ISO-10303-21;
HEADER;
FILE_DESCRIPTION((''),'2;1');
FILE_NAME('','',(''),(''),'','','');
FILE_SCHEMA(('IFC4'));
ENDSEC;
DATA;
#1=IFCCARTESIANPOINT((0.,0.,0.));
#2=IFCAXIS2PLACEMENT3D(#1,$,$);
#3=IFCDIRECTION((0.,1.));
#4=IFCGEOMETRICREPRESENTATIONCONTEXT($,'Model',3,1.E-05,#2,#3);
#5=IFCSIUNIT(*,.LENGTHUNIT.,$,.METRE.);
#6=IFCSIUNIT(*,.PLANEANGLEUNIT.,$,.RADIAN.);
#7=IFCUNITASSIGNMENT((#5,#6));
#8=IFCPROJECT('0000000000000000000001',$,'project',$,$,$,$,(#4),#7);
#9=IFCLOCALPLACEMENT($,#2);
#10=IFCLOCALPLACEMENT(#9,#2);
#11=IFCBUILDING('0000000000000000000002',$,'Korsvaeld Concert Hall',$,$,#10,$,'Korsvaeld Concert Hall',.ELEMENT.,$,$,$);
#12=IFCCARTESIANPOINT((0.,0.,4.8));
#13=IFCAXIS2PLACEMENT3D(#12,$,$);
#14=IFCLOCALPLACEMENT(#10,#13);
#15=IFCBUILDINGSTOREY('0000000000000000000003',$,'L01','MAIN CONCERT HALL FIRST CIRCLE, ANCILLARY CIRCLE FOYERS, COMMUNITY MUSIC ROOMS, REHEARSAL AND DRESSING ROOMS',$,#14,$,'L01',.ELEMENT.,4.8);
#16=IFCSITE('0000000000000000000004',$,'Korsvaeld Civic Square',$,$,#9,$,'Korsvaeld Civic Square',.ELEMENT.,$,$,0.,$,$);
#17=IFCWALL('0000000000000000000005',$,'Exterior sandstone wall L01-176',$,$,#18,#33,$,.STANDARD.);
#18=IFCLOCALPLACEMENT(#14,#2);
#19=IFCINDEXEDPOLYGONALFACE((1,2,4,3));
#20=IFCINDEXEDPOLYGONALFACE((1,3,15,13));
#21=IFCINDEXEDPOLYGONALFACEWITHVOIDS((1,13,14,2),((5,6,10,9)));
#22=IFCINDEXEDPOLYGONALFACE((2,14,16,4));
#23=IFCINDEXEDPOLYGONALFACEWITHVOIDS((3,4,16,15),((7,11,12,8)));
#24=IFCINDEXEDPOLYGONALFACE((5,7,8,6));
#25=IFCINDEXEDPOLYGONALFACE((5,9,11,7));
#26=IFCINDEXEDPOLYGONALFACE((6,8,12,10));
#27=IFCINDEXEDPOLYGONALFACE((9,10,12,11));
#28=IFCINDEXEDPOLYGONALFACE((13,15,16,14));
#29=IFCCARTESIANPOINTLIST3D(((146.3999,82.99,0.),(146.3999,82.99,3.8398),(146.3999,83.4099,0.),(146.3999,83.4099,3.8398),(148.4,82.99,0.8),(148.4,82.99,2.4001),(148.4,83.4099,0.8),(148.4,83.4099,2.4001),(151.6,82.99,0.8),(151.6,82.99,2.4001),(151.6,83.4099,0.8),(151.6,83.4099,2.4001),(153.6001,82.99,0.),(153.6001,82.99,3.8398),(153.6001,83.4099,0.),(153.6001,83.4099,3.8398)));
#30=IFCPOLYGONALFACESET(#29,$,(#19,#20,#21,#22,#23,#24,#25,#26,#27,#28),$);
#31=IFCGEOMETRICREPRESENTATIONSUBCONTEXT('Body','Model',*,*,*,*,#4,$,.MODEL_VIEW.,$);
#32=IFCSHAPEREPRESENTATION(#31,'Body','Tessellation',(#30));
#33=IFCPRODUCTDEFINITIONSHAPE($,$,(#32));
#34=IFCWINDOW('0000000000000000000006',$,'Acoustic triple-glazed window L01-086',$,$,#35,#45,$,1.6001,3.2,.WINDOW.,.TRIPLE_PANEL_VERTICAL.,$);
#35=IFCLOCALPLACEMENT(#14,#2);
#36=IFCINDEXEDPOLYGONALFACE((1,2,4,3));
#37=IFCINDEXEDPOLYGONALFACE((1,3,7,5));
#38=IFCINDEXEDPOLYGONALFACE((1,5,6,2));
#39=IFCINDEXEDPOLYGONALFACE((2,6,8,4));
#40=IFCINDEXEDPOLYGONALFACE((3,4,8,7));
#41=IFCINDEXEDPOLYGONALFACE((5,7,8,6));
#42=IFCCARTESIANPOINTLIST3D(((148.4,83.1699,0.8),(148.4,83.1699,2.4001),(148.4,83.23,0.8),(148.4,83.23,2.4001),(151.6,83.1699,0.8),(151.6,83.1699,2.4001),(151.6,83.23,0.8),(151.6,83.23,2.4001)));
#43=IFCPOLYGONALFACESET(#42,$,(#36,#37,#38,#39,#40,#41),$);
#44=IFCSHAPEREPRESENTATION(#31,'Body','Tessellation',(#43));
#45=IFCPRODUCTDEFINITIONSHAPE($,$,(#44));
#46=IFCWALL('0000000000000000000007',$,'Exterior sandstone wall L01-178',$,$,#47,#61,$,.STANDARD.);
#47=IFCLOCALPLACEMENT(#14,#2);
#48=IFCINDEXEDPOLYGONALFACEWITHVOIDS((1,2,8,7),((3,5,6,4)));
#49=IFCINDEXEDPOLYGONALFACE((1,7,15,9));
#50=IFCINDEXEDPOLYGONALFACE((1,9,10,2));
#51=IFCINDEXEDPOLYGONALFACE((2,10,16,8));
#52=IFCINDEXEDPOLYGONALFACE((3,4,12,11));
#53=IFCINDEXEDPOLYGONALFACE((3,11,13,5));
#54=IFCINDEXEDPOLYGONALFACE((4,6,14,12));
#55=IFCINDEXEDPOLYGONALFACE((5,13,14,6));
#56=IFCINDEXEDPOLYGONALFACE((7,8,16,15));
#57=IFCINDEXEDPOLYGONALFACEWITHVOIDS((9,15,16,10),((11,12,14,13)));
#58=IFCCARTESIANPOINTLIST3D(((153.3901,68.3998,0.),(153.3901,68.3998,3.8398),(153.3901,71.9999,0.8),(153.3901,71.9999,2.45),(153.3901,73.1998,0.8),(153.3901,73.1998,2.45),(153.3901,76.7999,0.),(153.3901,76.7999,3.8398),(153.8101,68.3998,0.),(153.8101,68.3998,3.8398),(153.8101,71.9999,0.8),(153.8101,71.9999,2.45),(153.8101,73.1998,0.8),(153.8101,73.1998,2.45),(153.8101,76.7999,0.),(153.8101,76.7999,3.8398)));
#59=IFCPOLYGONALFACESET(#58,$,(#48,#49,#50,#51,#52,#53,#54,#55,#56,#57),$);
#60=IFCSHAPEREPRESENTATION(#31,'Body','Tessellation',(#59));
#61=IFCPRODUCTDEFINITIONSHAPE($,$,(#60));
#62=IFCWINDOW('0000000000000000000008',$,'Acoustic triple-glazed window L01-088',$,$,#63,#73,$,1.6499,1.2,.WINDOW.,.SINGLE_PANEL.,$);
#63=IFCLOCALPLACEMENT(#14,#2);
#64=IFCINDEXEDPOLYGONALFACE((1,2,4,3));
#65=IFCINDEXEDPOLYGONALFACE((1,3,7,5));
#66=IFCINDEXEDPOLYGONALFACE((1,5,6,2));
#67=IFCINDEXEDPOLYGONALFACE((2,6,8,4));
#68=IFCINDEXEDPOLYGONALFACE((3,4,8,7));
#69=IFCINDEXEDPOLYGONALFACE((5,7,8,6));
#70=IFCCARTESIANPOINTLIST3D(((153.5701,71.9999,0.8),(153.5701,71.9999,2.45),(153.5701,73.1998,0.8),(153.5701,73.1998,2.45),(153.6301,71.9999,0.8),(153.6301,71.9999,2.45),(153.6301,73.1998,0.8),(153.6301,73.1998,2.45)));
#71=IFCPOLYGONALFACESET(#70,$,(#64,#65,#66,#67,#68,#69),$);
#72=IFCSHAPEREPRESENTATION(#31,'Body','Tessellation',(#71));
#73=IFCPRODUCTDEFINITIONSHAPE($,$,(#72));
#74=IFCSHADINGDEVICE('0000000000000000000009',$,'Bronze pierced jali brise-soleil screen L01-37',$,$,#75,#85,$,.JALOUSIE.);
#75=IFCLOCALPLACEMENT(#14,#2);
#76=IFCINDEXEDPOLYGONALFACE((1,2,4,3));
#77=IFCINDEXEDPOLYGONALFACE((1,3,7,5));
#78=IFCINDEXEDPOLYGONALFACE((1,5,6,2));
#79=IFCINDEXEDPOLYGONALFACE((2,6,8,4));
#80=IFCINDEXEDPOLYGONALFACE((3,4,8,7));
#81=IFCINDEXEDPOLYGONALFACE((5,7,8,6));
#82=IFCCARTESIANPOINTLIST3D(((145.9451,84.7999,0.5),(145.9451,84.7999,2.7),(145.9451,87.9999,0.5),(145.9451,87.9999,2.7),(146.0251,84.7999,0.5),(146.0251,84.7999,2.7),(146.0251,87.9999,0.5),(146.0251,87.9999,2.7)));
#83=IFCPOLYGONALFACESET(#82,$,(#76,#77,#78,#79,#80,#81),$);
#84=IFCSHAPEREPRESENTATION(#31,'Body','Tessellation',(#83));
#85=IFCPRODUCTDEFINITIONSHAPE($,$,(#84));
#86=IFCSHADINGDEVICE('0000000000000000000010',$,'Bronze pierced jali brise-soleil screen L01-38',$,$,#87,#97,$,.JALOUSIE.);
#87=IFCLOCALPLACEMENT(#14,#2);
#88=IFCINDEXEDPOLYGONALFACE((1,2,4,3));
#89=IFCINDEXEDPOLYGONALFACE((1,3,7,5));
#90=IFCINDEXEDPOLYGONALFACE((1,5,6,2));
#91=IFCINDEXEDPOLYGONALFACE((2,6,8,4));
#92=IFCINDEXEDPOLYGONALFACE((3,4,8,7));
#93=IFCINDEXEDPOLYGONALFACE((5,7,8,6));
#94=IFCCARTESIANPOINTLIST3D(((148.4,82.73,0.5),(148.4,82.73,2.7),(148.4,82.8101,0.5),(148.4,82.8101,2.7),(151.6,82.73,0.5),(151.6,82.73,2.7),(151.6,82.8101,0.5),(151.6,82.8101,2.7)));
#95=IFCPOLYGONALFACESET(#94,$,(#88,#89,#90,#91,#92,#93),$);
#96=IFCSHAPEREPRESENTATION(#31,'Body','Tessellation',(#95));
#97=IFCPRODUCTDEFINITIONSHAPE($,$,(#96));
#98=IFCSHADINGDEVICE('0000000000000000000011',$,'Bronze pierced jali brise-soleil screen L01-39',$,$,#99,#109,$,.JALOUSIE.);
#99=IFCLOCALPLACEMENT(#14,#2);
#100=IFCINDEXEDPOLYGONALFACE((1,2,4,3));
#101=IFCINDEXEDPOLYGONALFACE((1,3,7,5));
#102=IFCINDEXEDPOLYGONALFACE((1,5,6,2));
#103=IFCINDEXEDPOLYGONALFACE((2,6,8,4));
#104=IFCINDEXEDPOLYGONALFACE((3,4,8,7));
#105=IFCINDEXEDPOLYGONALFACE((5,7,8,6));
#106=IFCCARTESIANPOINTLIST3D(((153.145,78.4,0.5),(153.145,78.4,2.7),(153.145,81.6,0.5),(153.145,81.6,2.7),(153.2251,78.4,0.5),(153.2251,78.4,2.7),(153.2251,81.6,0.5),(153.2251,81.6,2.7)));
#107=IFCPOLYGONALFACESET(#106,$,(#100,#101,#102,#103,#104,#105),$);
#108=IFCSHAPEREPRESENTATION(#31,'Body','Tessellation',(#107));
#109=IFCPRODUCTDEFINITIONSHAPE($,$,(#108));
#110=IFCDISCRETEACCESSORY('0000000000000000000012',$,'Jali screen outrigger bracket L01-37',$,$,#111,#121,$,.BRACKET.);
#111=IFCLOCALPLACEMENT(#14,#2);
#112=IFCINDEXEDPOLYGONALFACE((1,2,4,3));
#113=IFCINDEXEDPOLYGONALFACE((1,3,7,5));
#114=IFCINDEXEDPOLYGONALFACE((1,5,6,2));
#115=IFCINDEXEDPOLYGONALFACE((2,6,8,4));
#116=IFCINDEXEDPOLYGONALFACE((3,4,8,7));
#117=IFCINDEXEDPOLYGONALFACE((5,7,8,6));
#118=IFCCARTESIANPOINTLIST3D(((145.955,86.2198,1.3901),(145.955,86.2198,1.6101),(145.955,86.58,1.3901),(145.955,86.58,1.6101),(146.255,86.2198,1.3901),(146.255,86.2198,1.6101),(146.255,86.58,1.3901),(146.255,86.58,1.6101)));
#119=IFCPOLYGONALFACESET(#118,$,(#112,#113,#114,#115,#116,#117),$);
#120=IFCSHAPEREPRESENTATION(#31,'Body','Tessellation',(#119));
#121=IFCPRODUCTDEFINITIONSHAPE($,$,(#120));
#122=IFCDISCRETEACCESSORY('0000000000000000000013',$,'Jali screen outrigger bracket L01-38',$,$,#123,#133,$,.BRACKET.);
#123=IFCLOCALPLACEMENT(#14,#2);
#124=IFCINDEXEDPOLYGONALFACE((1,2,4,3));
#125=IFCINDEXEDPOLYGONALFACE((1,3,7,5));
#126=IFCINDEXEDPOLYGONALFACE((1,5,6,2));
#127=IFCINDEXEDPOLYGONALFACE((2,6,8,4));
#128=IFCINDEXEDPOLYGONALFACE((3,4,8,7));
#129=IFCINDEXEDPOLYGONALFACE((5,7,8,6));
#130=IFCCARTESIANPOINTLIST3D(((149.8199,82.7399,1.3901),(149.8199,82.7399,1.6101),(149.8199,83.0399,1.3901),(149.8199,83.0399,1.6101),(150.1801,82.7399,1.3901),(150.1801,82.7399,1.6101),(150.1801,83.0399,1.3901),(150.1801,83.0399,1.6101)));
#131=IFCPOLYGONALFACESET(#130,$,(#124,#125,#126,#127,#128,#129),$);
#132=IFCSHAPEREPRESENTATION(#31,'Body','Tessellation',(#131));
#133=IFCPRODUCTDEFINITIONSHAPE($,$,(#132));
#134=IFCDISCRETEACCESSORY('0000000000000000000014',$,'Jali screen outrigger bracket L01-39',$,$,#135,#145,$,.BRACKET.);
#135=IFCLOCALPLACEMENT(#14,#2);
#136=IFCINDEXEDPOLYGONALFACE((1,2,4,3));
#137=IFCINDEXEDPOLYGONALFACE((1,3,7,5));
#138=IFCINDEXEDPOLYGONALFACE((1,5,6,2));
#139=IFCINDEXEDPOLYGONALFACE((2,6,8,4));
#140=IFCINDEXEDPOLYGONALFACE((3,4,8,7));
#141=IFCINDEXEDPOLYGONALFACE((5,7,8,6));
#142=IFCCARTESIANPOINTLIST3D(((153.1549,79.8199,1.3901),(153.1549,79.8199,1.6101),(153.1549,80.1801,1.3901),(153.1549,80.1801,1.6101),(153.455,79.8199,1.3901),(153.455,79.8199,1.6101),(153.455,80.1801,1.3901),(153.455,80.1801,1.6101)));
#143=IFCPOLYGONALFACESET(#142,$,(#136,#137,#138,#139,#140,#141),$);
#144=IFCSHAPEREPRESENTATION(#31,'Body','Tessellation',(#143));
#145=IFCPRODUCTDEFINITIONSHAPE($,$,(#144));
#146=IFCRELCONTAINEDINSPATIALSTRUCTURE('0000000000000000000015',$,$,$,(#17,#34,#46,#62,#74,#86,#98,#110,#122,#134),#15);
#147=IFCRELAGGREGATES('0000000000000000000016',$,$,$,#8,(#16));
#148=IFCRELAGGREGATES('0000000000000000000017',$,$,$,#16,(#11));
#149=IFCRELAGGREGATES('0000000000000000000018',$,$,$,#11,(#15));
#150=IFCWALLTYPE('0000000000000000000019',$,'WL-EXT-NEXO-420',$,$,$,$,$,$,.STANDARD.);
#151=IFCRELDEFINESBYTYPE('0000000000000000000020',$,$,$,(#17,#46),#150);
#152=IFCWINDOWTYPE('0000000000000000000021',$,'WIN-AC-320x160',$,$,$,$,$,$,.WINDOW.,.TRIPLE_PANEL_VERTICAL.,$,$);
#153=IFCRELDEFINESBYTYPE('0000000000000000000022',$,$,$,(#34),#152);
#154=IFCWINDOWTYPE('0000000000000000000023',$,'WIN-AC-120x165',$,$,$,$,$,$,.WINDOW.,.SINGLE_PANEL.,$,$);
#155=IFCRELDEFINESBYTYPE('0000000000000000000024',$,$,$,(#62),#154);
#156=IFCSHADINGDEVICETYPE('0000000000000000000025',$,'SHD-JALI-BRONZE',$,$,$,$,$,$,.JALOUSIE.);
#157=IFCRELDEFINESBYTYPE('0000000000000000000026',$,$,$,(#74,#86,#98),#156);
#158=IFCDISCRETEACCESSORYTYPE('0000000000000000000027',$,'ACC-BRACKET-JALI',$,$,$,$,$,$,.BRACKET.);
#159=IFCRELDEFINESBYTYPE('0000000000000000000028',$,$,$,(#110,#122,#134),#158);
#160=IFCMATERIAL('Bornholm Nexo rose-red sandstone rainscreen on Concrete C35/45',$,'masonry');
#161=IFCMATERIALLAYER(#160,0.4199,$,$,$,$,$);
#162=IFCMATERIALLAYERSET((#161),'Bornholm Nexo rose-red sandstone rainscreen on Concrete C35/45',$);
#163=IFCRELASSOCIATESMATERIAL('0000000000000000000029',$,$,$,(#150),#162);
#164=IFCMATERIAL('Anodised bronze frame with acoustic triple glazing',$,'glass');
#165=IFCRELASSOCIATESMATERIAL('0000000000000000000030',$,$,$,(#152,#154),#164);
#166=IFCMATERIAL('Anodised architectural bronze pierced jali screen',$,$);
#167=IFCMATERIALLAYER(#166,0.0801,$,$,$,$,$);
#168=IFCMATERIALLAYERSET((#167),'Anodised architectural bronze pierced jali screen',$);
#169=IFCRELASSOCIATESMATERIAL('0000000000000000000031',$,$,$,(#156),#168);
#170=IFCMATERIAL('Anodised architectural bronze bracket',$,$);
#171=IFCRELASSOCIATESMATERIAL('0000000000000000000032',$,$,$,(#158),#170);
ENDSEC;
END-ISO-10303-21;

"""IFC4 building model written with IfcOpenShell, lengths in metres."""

from ifc_helpers import new_model, si_unit, direction, frame, frame_2d, origin, origin_2d, place, context, subcontext, project, spatial, rectangle, extrude, material, layer, layer_set, type_object, element, fill, save


model = new_model("IFC4")

# Units and contexts
model_context = context("Model", 3, precision=1e-05, world=origin(), true_north=direction((0.0, 1.0)))
body_context = subcontext(model_context, "Body", "Model", "MODEL_VIEW")
ifc_project = project(units=[si_unit("LENGTHUNIT", "METRE"), si_unit("PLANEANGLEUNIT", "RADIAN")], contexts=[model_context])

# Site, building, storey
site_placement = place(None, origin())
site = spatial("IfcSite", under=ifc_project, at=site_placement, Name="Korsvaeld Civic Square", LongName="Korsvaeld Civic Square", CompositionType="ELEMENT", RefElevation=0.0)
building_placement = place(site_placement, origin())
building = spatial("IfcBuilding", under=site, at=building_placement, Name="Korsvaeld Concert Hall", LongName="Korsvaeld Concert Hall", CompositionType="ELEMENT")
storey_placement = place(building_placement, frame((0.0, 0.0, 4.8)))
storey = spatial("IfcBuildingStorey", under=building, at=storey_placement, Name="L01", Description="MAIN CONCERT HALL FIRST CIRCLE, ANCILLARY CIRCLE FOYERS, COMMUNITY MUSIC ROOMS, REHEARSAL AND DRESSING ROOMS", LongName="L01", CompositionType="ELEMENT", Elevation=4.8)

# Walls, openings, windows
ifc_material_1 = material(Name="Bornholm Nexo rose-red sandstone rainscreen on Concrete C35/45", Category="masonry")
ifc_layer_1 = layer(ifc_material_1, 0.4199)
ifc_layer_set_1 = layer_set([ifc_layer_1], Name="Bornholm Nexo rose-red sandstone rainscreen on Concrete C35/45")
wall_type_1 = type_object("IfcWallType", Name="WL-EXT-NEXO-420", PredefinedType="STANDARD", material=ifc_layer_set_1)
wall_1_placement = place(storey_placement, frame((146.3999, 83.2, 0.0), z_axis=(0.0, 0.0, 1.0), x_axis=(1.0, 0.0, 0.0)))
wall_1 = element("IfcWall", 1, at=wall_1_placement, inside=storey, type_object=wall_type_1, Name="Exterior sandstone wall L01-176", PredefinedType="STANDARD", context=body_context, shape_type="SweptSolid", body=[
    extrude(rectangle(XDim=7.2002, YDim=0.4199, at=frame_2d((3.6001, 0.0))), origin(), (0.0, 0.0, 1.0), 3.8398),
])
opening_1_placement = place(wall_1_placement, frame((2.0, 0.0, 0.8)))
opening_1 = element("IfcOpeningElement", 2, at=opening_1_placement, cuts=wall_1, PredefinedType="OPENING", context=body_context, shape_type="SweptSolid", body=[
    extrude(rectangle(XDim=3.2, YDim=1.6001, at=frame_2d((1.6001, 0.8))), frame((0.0, 0.22, 0.0), z_axis=(0.0, -1.0, 0.0), x_axis=(1.0, 0.0, 0.0)), (0.0, 0.0, 1.0), 0.4399),
])
ifc_material_2 = material(Name="Anodised bronze frame with acoustic triple glazing", Category="glass")
window_type_1 = type_object("IfcWindowType", Name="WIN-AC-320x160", PartitioningType="TRIPLE_PANEL_VERTICAL", PredefinedType="WINDOW", material=ifc_material_2)
window_1_placement = place(opening_1_placement, origin())
window_1 = element("IfcWindow", 3, at=window_1_placement, inside=storey, type_object=window_type_1, Name="Acoustic triple-glazed window L01-086", OverallHeight=1.6001, OverallWidth=3.2, PartitioningType="TRIPLE_PANEL_VERTICAL", PredefinedType="WINDOW", context=body_context, shape_type="SweptSolid", body=[
    extrude(rectangle(XDim=3.2, YDim=1.6001, at=frame_2d((1.6001, 0.8))), frame((0.0, 0.03, 0.0), z_axis=(0.0, -1.0, 0.0), x_axis=(1.0, 0.0, 0.0)), (0.0, 0.0, 1.0), 0.0601),
])
fill(opening_1, window_1)
wall_2_placement = place(storey_placement, frame((153.6001, 76.8, 0.0), z_axis=(0.0, 0.0, 1.0), x_axis=(0.0, -1.0, 0.0)))
wall_2 = element("IfcWall", 4, at=wall_2_placement, inside=storey, type_object=wall_type_1, Name="Exterior sandstone wall L01-178", PredefinedType="STANDARD", context=body_context, shape_type="SweptSolid", body=[
    extrude(rectangle(XDim=8.4001, YDim=0.4199, at=frame_2d((4.2002, 0.0))), origin(), (0.0, 0.0, 1.0), 3.8398),
])
opening_2_placement = place(wall_2_placement, frame((3.6001, 0.0, 0.8)))
opening_2 = element("IfcOpeningElement", 5, at=opening_2_placement, cuts=wall_2, PredefinedType="OPENING", context=body_context, shape_type="SweptSolid", body=[
    extrude(rectangle(XDim=1.2, YDim=1.6499, at=frame_2d((0.6001, 0.825))), frame((0.0, 0.22, 0.0), z_axis=(0.0, -1.0, 0.0), x_axis=(1.0, 0.0, 0.0)), (0.0, 0.0, 1.0), 0.4399),
])
window_type_2 = type_object("IfcWindowType", Name="WIN-AC-120x165", PartitioningType="SINGLE_PANEL", PredefinedType="WINDOW", material=ifc_material_2)
window_2_placement = place(opening_2_placement, origin())
window_2 = element("IfcWindow", 6, at=window_2_placement, inside=storey, type_object=window_type_2, Name="Acoustic triple-glazed window L01-088", OverallHeight=1.6499, OverallWidth=1.2, PartitioningType="SINGLE_PANEL", PredefinedType="WINDOW", context=body_context, shape_type="SweptSolid", body=[
    extrude(rectangle(XDim=1.2, YDim=1.6499, at=frame_2d((0.6001, 0.825))), frame((0.0, 0.03, 0.0), z_axis=(0.0, -1.0, 0.0), x_axis=(1.0, 0.0, 0.0)), (0.0, 0.0, 1.0), 0.0601),
])
fill(opening_2, window_2)

# Shading devices
ifc_material_3 = material(Name="Anodised architectural bronze pierced jali screen")
ifc_layer_2 = layer(ifc_material_3, 0.0801)
ifc_layer_set_2 = layer_set([ifc_layer_2], Name="Anodised architectural bronze pierced jali screen")
shading_device_type = type_object("IfcShadingDeviceType", Name="SHD-JALI-BRONZE", PredefinedType="JALOUSIE", material=ifc_layer_set_2)
for number, where, z_axis, x_axis, name in (
    (7, (145.9851, 86.3999, 0.5), (0.0, 0.0, 1.0), (0.0, -1.0, 0.0), "Bronze pierced jali brise-soleil screen L01-37"),
    (8, (150.0, 82.77, 0.5), (0.0, 0.0, 1.0), (1.0, 0.0, 0.0), "Bronze pierced jali brise-soleil screen L01-38"),
    (9, (153.1851, 80.0, 0.5), (0.0, 0.0, 1.0), (0.0, -1.0, 0.0), "Bronze pierced jali brise-soleil screen L01-39"),
):
    element("IfcShadingDevice", number, at=place(storey_placement, frame(where, z_axis=z_axis, x_axis=x_axis)), inside=storey, type_object=shading_device_type, Name=name, PredefinedType="JALOUSIE", context=body_context, shape_type="SweptSolid", body=[
        extrude(rectangle(XDim=3.2, YDim=0.0801, at=origin_2d()), origin(), (0.0, 0.0, 1.0), 2.2),
    ])

# Discrete accessories
ifc_material_4 = material(Name="Anodised architectural bronze bracket")
discrete_accessory_type = type_object("IfcDiscreteAccessoryType", Name="ACC-BRACKET-JALI", PredefinedType="BRACKET", material=ifc_material_4)
for number, where, z_axis, x_axis, name in (
    (10, (146.105, 86.3999, 1.3901), (0.0, 0.0, 1.0), (0.0, -1.0, 0.0), "Jali screen outrigger bracket L01-37"),
    (11, (150.0, 82.8899, 1.3901), (0.0, 0.0, 1.0), (1.0, 0.0, 0.0), "Jali screen outrigger bracket L01-38"),
    (12, (153.3049, 80.0, 1.3901), (0.0, 0.0, 1.0), (0.0, -1.0, 0.0), "Jali screen outrigger bracket L01-39"),
):
    element("IfcDiscreteAccessory", number, at=place(storey_placement, frame(where, z_axis=z_axis, x_axis=x_axis)), inside=storey, type_object=discrete_accessory_type, Name=name, PredefinedType="BRACKET", context=body_context, shape_type="SweptSolid", body=[
        extrude(rectangle(XDim=0.3601, YDim=0.3, at=origin_2d()), origin(), (0.0, 0.0, 1.0), 0.22),
    ])

save(model, "model.ifc")
